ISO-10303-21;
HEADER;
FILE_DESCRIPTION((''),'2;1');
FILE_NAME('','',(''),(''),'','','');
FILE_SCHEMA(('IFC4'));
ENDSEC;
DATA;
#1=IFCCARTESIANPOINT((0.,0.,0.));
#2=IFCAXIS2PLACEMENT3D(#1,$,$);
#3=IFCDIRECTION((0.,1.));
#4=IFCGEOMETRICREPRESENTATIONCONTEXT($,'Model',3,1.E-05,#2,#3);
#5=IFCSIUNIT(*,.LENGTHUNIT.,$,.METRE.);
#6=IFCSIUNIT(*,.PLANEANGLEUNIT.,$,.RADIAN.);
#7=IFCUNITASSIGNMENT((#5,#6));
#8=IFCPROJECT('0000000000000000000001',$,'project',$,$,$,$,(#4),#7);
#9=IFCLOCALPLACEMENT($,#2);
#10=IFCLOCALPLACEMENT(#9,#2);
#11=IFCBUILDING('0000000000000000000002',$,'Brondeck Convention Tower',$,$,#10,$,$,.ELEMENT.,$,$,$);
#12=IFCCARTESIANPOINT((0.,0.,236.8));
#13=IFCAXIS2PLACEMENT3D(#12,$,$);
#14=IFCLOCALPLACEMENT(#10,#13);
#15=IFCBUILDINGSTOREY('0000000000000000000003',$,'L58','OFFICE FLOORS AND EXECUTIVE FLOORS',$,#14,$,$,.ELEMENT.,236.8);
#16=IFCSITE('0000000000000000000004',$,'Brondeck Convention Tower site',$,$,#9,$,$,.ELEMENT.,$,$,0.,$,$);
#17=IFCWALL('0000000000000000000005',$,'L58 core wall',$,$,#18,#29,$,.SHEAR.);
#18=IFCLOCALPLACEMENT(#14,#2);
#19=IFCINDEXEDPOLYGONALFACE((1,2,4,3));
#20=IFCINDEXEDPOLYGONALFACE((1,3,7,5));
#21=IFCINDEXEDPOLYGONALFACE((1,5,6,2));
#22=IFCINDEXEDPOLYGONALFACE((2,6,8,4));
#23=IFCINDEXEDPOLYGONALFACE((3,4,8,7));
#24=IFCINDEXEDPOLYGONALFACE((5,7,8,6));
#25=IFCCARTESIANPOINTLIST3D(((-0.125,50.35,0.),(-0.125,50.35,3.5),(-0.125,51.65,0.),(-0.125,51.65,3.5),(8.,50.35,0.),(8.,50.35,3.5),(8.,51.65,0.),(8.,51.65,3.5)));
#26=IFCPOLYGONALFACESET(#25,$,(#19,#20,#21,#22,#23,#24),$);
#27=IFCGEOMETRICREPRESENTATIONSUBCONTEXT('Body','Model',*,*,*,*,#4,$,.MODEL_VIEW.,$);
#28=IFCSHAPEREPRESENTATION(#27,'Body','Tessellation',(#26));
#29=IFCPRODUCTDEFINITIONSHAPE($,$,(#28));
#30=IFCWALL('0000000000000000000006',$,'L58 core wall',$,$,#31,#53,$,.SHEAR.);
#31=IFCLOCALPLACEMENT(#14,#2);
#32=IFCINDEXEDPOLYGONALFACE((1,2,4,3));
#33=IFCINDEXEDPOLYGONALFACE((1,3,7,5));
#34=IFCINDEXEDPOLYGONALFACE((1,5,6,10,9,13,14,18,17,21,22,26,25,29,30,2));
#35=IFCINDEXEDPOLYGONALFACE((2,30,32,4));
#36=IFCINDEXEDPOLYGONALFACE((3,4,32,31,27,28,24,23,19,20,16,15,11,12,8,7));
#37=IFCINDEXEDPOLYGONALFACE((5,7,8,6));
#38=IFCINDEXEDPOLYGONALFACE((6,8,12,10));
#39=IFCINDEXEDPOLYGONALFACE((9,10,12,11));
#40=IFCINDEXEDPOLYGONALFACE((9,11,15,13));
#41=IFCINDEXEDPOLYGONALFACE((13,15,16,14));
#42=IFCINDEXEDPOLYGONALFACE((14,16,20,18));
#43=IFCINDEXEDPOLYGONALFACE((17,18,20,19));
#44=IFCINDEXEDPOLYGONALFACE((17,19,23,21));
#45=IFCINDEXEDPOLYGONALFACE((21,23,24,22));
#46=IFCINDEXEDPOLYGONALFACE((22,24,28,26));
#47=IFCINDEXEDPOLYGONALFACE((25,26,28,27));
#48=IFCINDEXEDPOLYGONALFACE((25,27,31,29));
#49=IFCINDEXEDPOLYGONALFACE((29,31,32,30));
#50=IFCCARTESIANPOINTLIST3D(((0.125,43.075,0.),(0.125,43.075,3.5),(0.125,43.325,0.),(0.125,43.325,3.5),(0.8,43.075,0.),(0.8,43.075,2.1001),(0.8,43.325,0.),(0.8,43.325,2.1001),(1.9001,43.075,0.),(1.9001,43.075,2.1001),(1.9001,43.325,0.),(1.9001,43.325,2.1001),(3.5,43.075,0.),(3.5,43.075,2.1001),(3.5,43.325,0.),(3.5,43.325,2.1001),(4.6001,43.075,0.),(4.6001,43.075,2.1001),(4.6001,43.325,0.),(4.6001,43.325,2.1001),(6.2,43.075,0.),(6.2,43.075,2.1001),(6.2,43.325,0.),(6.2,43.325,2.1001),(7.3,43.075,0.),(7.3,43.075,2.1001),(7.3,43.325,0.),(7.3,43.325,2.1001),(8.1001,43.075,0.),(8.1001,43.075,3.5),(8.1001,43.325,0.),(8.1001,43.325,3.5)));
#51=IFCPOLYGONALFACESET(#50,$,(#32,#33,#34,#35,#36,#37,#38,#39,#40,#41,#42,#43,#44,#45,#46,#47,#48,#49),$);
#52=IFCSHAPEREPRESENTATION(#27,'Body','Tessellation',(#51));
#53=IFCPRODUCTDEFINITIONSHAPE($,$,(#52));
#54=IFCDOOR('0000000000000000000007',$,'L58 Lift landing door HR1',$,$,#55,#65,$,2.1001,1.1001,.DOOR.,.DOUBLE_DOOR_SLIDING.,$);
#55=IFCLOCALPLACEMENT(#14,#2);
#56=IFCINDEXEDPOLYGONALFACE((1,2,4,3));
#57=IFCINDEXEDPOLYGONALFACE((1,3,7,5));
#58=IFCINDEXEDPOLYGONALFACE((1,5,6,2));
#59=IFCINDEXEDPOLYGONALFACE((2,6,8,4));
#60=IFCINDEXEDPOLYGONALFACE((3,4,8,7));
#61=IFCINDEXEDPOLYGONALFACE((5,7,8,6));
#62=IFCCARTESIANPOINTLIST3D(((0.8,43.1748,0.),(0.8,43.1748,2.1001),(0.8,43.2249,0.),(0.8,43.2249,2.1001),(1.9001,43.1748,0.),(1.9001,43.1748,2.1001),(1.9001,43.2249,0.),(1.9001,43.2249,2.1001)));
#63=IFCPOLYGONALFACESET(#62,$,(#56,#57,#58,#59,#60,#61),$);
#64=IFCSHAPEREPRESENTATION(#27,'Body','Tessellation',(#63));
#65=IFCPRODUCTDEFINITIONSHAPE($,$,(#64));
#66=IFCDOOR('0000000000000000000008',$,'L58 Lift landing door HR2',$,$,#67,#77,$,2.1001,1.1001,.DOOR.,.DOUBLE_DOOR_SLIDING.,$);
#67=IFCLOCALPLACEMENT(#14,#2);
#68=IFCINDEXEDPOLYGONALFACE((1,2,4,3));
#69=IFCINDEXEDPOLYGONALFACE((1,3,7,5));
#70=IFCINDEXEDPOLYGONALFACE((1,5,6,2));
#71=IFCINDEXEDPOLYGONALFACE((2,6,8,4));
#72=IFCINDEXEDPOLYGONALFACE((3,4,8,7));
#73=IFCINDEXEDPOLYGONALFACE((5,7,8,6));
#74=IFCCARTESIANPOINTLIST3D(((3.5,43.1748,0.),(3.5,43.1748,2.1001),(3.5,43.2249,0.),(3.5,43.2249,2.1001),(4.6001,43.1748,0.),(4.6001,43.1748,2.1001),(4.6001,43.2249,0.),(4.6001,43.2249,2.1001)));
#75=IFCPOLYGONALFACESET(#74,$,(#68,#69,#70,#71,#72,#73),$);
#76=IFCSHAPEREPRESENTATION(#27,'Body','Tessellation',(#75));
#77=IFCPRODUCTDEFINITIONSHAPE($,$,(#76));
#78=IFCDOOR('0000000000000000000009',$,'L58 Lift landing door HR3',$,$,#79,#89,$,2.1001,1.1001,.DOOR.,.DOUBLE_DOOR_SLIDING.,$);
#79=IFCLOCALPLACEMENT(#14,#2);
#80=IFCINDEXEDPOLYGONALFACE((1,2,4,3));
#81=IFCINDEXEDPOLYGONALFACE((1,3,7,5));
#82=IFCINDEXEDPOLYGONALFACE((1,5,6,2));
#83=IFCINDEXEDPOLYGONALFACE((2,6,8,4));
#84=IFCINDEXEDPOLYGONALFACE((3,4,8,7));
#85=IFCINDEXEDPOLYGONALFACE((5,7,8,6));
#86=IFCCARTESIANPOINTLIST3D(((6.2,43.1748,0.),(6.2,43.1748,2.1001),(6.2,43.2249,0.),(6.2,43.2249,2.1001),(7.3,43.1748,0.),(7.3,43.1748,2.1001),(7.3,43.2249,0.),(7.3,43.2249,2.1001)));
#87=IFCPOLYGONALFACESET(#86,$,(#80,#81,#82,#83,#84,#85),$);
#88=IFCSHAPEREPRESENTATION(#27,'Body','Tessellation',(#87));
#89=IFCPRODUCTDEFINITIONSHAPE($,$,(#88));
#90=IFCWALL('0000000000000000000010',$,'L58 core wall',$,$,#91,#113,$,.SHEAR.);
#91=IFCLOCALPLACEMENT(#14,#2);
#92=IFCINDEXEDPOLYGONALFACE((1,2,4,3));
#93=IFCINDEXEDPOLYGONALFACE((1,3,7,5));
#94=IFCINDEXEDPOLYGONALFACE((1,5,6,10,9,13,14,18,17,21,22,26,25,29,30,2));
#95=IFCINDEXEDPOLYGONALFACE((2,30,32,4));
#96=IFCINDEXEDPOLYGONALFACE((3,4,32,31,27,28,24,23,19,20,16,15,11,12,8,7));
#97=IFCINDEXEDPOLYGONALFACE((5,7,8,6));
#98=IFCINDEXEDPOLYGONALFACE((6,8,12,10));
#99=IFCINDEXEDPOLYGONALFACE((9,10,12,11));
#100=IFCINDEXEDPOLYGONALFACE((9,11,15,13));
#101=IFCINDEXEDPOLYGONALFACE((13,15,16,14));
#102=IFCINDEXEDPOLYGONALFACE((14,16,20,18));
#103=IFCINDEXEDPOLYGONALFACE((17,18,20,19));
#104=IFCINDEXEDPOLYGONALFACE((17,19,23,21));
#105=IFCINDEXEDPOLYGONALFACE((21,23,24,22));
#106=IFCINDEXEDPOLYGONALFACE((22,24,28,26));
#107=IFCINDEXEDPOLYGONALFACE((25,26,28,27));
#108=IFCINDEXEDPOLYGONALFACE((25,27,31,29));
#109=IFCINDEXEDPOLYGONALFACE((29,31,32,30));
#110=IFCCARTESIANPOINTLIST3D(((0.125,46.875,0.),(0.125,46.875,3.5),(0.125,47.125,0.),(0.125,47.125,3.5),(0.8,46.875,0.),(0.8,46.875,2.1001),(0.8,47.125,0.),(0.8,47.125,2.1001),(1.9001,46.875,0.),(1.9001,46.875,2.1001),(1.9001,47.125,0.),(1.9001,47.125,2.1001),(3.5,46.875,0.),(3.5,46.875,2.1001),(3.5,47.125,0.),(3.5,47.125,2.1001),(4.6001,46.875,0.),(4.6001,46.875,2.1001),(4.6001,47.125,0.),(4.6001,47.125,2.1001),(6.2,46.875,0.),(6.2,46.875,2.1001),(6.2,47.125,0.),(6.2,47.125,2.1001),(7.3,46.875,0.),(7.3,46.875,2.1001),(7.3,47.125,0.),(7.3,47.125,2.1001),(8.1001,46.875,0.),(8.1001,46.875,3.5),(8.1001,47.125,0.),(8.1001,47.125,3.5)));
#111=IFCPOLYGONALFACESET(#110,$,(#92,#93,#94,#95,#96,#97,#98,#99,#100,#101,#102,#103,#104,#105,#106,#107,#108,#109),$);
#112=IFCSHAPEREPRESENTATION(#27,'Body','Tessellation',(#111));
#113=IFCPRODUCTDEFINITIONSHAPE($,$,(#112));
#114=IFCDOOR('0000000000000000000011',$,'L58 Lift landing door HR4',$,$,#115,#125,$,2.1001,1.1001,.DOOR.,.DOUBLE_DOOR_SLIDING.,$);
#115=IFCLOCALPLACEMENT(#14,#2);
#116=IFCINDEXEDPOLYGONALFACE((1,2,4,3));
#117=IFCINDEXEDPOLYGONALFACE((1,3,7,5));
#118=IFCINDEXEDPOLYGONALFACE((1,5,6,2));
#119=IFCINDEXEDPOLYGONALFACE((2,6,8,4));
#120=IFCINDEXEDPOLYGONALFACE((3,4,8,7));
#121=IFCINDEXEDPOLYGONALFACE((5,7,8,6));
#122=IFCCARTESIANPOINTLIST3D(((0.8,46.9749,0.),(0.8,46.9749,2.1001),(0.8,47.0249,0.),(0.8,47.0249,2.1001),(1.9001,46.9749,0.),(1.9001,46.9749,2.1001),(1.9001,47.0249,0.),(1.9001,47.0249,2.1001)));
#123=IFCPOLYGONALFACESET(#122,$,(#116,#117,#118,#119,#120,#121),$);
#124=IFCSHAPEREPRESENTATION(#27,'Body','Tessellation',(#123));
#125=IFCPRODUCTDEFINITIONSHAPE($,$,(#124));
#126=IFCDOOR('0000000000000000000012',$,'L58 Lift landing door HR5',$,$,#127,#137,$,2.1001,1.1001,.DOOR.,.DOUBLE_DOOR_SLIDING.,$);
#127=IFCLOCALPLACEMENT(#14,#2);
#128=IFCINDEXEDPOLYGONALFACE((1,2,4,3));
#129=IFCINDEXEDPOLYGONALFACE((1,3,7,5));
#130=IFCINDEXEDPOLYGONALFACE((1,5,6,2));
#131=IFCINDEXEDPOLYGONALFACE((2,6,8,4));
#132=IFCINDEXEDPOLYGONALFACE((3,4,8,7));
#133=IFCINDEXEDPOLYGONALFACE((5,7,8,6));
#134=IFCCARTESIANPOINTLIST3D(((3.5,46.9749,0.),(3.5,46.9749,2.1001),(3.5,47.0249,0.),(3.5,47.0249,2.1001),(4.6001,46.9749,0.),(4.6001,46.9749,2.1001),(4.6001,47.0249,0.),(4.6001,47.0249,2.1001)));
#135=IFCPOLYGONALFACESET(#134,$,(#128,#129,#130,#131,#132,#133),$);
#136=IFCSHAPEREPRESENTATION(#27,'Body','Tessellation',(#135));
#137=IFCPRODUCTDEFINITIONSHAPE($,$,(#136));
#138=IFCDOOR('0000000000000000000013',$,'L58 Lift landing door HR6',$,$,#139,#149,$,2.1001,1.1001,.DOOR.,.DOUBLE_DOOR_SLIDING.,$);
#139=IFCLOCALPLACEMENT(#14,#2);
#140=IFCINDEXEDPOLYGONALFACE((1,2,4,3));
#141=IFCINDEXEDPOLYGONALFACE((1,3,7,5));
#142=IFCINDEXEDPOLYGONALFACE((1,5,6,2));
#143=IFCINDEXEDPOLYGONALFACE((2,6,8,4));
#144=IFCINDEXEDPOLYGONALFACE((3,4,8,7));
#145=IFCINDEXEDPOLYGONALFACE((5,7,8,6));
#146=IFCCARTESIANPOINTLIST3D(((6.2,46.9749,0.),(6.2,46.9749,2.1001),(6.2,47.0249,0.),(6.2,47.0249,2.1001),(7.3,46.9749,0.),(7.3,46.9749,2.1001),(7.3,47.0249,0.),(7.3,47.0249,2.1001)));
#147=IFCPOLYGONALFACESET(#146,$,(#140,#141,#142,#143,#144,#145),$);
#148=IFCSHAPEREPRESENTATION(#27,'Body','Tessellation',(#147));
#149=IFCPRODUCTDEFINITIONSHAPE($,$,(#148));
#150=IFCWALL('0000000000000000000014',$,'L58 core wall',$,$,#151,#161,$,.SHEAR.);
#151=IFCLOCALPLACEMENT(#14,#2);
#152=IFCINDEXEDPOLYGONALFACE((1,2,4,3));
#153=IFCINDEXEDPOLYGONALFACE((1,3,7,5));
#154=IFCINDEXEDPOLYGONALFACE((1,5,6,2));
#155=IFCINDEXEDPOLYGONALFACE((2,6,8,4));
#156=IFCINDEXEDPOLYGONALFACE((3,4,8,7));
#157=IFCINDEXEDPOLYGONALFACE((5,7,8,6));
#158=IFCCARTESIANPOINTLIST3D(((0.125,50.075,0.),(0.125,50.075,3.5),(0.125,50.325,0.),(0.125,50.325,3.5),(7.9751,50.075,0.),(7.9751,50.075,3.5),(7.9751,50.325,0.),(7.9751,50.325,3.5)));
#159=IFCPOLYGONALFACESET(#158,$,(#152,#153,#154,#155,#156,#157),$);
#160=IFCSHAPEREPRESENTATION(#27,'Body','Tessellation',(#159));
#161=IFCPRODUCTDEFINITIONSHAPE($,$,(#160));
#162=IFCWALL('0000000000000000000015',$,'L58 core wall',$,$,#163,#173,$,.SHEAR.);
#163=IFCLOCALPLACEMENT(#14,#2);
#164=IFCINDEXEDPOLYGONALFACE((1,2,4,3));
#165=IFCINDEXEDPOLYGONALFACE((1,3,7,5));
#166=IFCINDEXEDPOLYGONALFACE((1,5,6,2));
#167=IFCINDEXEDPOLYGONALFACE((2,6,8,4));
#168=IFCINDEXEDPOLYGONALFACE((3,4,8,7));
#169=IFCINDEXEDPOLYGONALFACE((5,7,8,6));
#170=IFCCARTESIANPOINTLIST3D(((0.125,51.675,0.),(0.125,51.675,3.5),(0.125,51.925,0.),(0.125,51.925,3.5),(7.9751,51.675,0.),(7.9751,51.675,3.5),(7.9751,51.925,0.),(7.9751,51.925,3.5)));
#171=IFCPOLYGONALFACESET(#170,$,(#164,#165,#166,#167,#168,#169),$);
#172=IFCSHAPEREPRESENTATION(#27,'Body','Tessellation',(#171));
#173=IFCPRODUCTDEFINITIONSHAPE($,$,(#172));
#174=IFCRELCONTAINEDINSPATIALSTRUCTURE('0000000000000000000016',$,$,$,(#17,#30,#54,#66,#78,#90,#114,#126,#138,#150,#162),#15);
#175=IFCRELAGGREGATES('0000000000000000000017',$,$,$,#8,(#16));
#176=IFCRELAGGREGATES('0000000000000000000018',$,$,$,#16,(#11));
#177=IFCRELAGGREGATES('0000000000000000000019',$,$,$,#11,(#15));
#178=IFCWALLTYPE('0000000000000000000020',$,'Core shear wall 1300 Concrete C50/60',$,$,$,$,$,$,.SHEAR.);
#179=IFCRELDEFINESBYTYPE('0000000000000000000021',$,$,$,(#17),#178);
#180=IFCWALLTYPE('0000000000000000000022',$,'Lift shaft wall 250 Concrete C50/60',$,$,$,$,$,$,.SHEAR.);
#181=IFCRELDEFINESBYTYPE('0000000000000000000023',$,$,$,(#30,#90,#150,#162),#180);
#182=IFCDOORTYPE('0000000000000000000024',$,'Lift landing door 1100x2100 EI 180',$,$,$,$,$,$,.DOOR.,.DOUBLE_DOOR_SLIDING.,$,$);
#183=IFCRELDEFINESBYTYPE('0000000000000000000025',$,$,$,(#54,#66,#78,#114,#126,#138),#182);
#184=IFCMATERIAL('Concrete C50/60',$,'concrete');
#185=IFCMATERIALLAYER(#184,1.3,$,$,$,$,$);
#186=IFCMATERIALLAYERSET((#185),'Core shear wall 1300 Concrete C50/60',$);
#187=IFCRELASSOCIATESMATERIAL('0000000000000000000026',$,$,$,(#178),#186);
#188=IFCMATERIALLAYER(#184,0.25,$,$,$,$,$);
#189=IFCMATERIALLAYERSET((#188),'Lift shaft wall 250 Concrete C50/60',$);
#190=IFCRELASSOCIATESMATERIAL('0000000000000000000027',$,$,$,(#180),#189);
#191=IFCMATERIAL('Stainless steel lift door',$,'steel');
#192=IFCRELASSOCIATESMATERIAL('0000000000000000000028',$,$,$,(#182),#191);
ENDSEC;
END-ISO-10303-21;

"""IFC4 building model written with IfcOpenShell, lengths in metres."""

from ifc_helpers import new_model, si_unit, direction, frame, frame_2d, origin, place, context, subcontext, project, spatial, rectangle, extrude, material, layer, layer_set, type_object, element, fill, save


model = new_model("IFC4")

# Units and contexts
model_context = context("Model", 3, precision=1e-05, world=origin(), true_north=direction((0.0, 1.0)))
body_context = subcontext(model_context, "Body", "Model", "MODEL_VIEW")
ifc_project = project(units=[si_unit("LENGTHUNIT", "METRE"), si_unit("PLANEANGLEUNIT", "RADIAN")], contexts=[model_context])

# Site, building, storey
site_placement = place(None, origin())
site = spatial("IfcSite", under=ifc_project, at=site_placement, Name="Brondeck Convention Tower site", CompositionType="ELEMENT", RefElevation=0.0)
building_placement = place(site_placement, origin())
building = spatial("IfcBuilding", under=site, at=building_placement, Name="Brondeck Convention Tower", CompositionType="ELEMENT")
storey_placement = place(building_placement, frame((0.0, 0.0, 236.8)))
storey = spatial("IfcBuildingStorey", under=building, at=storey_placement, Name="L58", Description="OFFICE FLOORS AND EXECUTIVE FLOORS", CompositionType="ELEMENT", Elevation=236.8)

# Shared definitions
ifc_material_1 = material(Name="Concrete C50/60", Category="concrete")

# Wall
ifc_layer_1 = layer(ifc_material_1, 1.3)
ifc_layer_set_1 = layer_set([ifc_layer_1], Name="Core shear wall 1300 Concrete C50/60")
wall_type_1 = type_object("IfcWallType", Name="Core shear wall 1300 Concrete C50/60", PredefinedType="SHEAR", material=ifc_layer_set_1)
wall_1_placement = place(storey_placement, frame((-0.125, 51.0, 0.0), z_axis=(0.0, 0.0, 1.0), x_axis=(1.0, 0.0, 0.0)))
element("IfcWall", 1, at=wall_1_placement, inside=storey, type_object=wall_type_1, Name="L58 core wall", PredefinedType="SHEAR", context=body_context, shape_type="SweptSolid", body=[
    extrude(rectangle(XDim=8.125, YDim=1.3, at=frame_2d((4.0625, 0.0))), origin(), (0.0, 0.0, 1.0), 3.5),
])

# Walls, openings, doors
ifc_layer_2 = layer(ifc_material_1, 0.25)
ifc_layer_set_2 = layer_set([ifc_layer_2], Name="Lift shaft wall 250 Concrete C50/60")
wall_type_2 = type_object("IfcWallType", Name="Lift shaft wall 250 Concrete C50/60", PredefinedType="SHEAR", material=ifc_layer_set_2)
wall_2_placement = place(storey_placement, frame((0.125, 43.2, 0.0), z_axis=(0.0, 0.0, 1.0), x_axis=(1.0, 0.0, 0.0)))
wall_2 = element("IfcWall", 2, at=wall_2_placement, inside=storey, type_object=wall_type_2, Name="L58 core wall", PredefinedType="SHEAR", context=body_context, shape_type="SweptSolid", body=[
    extrude(rectangle(XDim=7.9751, YDim=0.25, at=frame_2d((3.9875, 0.0))), origin(), (0.0, 0.0, 1.0), 3.5),
])
opening_1_placement = place(wall_2_placement, frame((0.675, 0.0, 0.0)))
opening_1 = element("IfcOpeningElement", 3, at=opening_1_placement, cuts=wall_2, PredefinedType="OPENING", context=body_context, shape_type="SweptSolid", body=[
    extrude(rectangle(XDim=1.1001, YDim=2.1001, at=frame_2d((0.55, 1.05))), frame((0.0, 0.135, 0.0), z_axis=(0.0, -1.0, 0.0), x_axis=(1.0, 0.0, 0.0)), (0.0, 0.0, 1.0), 0.27),
])
opening_2_placement = place(wall_2_placement, frame((3.375, 0.0, 0.0)))
opening_2 = element("IfcOpeningElement", 4, at=opening_2_placement, cuts=wall_2, PredefinedType="OPENING", context=body_context, shape_type="SweptSolid", body=[
    extrude(rectangle(XDim=1.1001, YDim=2.1001, at=frame_2d((0.55, 1.05))), frame((0.0, 0.135, 0.0), z_axis=(0.0, -1.0, 0.0), x_axis=(1.0, 0.0, 0.0)), (0.0, 0.0, 1.0), 0.27),
])
opening_3_placement = place(wall_2_placement, frame((6.075, 0.0, 0.0)))
opening_3 = element("IfcOpeningElement", 5, at=opening_3_placement, cuts=wall_2, PredefinedType="OPENING", context=body_context, shape_type="SweptSolid", body=[
    extrude(rectangle(XDim=1.1001, YDim=2.1001, at=frame_2d((0.55, 1.05))), frame((0.0, 0.135, 0.0), z_axis=(0.0, -1.0, 0.0), x_axis=(1.0, 0.0, 0.0)), (0.0, 0.0, 1.0), 0.27),
])
ifc_material_2 = material(Name="Stainless steel lift door", Category="steel")
door_type_1 = type_object("IfcDoorType", Name="Lift landing door 1100x2100 EI 180", OperationType="DOUBLE_DOOR_SLIDING", PredefinedType="DOOR", material=ifc_material_2)
door_1_placement = place(opening_1_placement, origin())
door_1 = element("IfcDoor", 6, at=door_1_placement, inside=storey, type_object=door_type_1, Name="L58 Lift landing door HR1", OperationType="DOUBLE_DOOR_SLIDING", OverallHeight=2.1001, OverallWidth=1.1001, PredefinedType="DOOR", context=body_context, shape_type="SweptSolid", body=[
    extrude(rectangle(XDim=1.1001, YDim=2.1001, at=frame_2d((0.55, 1.05))), frame((0.0, 0.0249, 0.0), z_axis=(0.0, -1.0, 0.0), x_axis=(1.0, 0.0, 0.0)), (0.0, 0.0, 1.0), 0.05),
])
fill(opening_1, door_1)
door_2_placement = place(opening_2_placement, origin())
door_2 = element("IfcDoor", 7, at=door_2_placement, inside=storey, type_object=door_type_1, Name="L58 Lift landing door HR2", OperationType="DOUBLE_DOOR_SLIDING", OverallHeight=2.1001, OverallWidth=1.1001, PredefinedType="DOOR", context=body_context, shape_type="SweptSolid", body=[
    extrude(rectangle(XDim=1.1001, YDim=2.1001, at=frame_2d((0.55, 1.05))), frame((0.0, 0.0249, 0.0), z_axis=(0.0, -1.0, 0.0), x_axis=(1.0, 0.0, 0.0)), (0.0, 0.0, 1.0), 0.05),
])
fill(opening_2, door_2)
door_3_placement = place(opening_3_placement, origin())
door_3 = element("IfcDoor", 8, at=door_3_placement, inside=storey, type_object=door_type_1, Name="L58 Lift landing door HR3", OperationType="DOUBLE_DOOR_SLIDING", OverallHeight=2.1001, OverallWidth=1.1001, PredefinedType="DOOR", context=body_context, shape_type="SweptSolid", body=[
    extrude(rectangle(XDim=1.1001, YDim=2.1001, at=frame_2d((0.55, 1.05))), frame((0.0, 0.0249, 0.0), z_axis=(0.0, -1.0, 0.0), x_axis=(1.0, 0.0, 0.0)), (0.0, 0.0, 1.0), 0.05),
])
fill(opening_3, door_3)
wall_3_placement = place(storey_placement, frame((0.125, 47.0, 0.0), z_axis=(0.0, 0.0, 1.0), x_axis=(1.0, 0.0, 0.0)))
wall_3 = element("IfcWall", 9, at=wall_3_placement, inside=storey, type_object=wall_type_2, Name="L58 core wall", PredefinedType="SHEAR", context=body_context, shape_type="SweptSolid", body=[
    extrude(rectangle(XDim=7.9751, YDim=0.25, at=frame_2d((3.9875, 0.0))), origin(), (0.0, 0.0, 1.0), 3.5),
])
opening_4_placement = place(wall_3_placement, frame((0.675, 0.0, 0.0)))
opening_4 = element("IfcOpeningElement", 10, at=opening_4_placement, cuts=wall_3, PredefinedType="OPENING", context=body_context, shape_type="SweptSolid", body=[
    extrude(rectangle(XDim=1.1001, YDim=2.1001, at=frame_2d((0.55, 1.05))), frame((0.0, 0.135, 0.0), z_axis=(0.0, -1.0, 0.0), x_axis=(1.0, 0.0, 0.0)), (0.0, 0.0, 1.0), 0.27),
])
opening_5_placement = place(wall_3_placement, frame((3.375, 0.0, 0.0)))
opening_5 = element("IfcOpeningElement", 11, at=opening_5_placement, cuts=wall_3, PredefinedType="OPENING", context=body_context, shape_type="SweptSolid", body=[
    extrude(rectangle(XDim=1.1001, YDim=2.1001, at=frame_2d((0.55, 1.05))), frame((0.0, 0.135, 0.0), z_axis=(0.0, -1.0, 0.0), x_axis=(1.0, 0.0, 0.0)), (0.0, 0.0, 1.0), 0.27),
])
opening_6_placement = place(wall_3_placement, frame((6.075, 0.0, 0.0)))
opening_6 = element("IfcOpeningElement", 12, at=opening_6_placement, cuts=wall_3, PredefinedType="OPENING", context=body_context, shape_type="SweptSolid", body=[
    extrude(rectangle(XDim=1.1001, YDim=2.1001, at=frame_2d((0.55, 1.05))), frame((0.0, 0.135, 0.0), z_axis=(0.0, -1.0, 0.0), x_axis=(1.0, 0.0, 0.0)), (0.0, 0.0, 1.0), 0.27),
])
door_4_placement = place(opening_4_placement, origin())
door_4 = element("IfcDoor", 13, at=door_4_placement, inside=storey, type_object=door_type_1, Name="L58 Lift landing door HR4", OperationType="DOUBLE_DOOR_SLIDING", OverallHeight=2.1001, OverallWidth=1.1001, PredefinedType="DOOR", context=body_context, shape_type="SweptSolid", body=[
    extrude(rectangle(XDim=1.1001, YDim=2.1001, at=frame_2d((0.55, 1.05))), frame((0.0, 0.0249, 0.0), z_axis=(0.0, -1.0, 0.0), x_axis=(1.0, 0.0, 0.0)), (0.0, 0.0, 1.0), 0.05),
])
fill(opening_4, door_4)
door_5_placement = place(opening_5_placement, origin())
door_5 = element("IfcDoor", 14, at=door_5_placement, inside=storey, type_object=door_type_1, Name="L58 Lift landing door HR5", OperationType="DOUBLE_DOOR_SLIDING", OverallHeight=2.1001, OverallWidth=1.1001, PredefinedType="DOOR", context=body_context, shape_type="SweptSolid", body=[
    extrude(rectangle(XDim=1.1001, YDim=2.1001, at=frame_2d((0.55, 1.05))), frame((0.0, 0.0249, 0.0), z_axis=(0.0, -1.0, 0.0), x_axis=(1.0, 0.0, 0.0)), (0.0, 0.0, 1.0), 0.05),
])
fill(opening_5, door_5)
door_6_placement = place(opening_6_placement, origin())
door_6 = element("IfcDoor", 15, at=door_6_placement, inside=storey, type_object=door_type_1, Name="L58 Lift landing door HR6", OperationType="DOUBLE_DOOR_SLIDING", OverallHeight=2.1001, OverallWidth=1.1001, PredefinedType="DOOR", context=body_context, shape_type="SweptSolid", body=[
    extrude(rectangle(XDim=1.1001, YDim=2.1001, at=frame_2d((0.55, 1.05))), frame((0.0, 0.0249, 0.0), z_axis=(0.0, -1.0, 0.0), x_axis=(1.0, 0.0, 0.0)), (0.0, 0.0, 1.0), 0.05),
])
fill(opening_6, door_6)

# Walls
for number, where, z_axis, x_axis, name in (
    (16, (0.125, 50.2, 0.0), (0.0, 0.0, 1.0), (1.0, 0.0, 0.0), "L58 core wall"),
    (17, (0.125, 51.8, 0.0), (0.0, 0.0, 1.0), (1.0, 0.0, 0.0), "L58 core wall"),
):
    element("IfcWall", number, at=place(storey_placement, frame(where, z_axis=z_axis, x_axis=x_axis)), inside=storey, type_object=wall_type_2, Name=name, PredefinedType="SHEAR", context=body_context, shape_type="SweptSolid", body=[
        extrude(rectangle(XDim=7.8501, YDim=0.25, at=frame_2d((3.925, 0.0))), origin(), (0.0, 0.0, 1.0), 3.5),
    ])

save(model, "model.ifc")
